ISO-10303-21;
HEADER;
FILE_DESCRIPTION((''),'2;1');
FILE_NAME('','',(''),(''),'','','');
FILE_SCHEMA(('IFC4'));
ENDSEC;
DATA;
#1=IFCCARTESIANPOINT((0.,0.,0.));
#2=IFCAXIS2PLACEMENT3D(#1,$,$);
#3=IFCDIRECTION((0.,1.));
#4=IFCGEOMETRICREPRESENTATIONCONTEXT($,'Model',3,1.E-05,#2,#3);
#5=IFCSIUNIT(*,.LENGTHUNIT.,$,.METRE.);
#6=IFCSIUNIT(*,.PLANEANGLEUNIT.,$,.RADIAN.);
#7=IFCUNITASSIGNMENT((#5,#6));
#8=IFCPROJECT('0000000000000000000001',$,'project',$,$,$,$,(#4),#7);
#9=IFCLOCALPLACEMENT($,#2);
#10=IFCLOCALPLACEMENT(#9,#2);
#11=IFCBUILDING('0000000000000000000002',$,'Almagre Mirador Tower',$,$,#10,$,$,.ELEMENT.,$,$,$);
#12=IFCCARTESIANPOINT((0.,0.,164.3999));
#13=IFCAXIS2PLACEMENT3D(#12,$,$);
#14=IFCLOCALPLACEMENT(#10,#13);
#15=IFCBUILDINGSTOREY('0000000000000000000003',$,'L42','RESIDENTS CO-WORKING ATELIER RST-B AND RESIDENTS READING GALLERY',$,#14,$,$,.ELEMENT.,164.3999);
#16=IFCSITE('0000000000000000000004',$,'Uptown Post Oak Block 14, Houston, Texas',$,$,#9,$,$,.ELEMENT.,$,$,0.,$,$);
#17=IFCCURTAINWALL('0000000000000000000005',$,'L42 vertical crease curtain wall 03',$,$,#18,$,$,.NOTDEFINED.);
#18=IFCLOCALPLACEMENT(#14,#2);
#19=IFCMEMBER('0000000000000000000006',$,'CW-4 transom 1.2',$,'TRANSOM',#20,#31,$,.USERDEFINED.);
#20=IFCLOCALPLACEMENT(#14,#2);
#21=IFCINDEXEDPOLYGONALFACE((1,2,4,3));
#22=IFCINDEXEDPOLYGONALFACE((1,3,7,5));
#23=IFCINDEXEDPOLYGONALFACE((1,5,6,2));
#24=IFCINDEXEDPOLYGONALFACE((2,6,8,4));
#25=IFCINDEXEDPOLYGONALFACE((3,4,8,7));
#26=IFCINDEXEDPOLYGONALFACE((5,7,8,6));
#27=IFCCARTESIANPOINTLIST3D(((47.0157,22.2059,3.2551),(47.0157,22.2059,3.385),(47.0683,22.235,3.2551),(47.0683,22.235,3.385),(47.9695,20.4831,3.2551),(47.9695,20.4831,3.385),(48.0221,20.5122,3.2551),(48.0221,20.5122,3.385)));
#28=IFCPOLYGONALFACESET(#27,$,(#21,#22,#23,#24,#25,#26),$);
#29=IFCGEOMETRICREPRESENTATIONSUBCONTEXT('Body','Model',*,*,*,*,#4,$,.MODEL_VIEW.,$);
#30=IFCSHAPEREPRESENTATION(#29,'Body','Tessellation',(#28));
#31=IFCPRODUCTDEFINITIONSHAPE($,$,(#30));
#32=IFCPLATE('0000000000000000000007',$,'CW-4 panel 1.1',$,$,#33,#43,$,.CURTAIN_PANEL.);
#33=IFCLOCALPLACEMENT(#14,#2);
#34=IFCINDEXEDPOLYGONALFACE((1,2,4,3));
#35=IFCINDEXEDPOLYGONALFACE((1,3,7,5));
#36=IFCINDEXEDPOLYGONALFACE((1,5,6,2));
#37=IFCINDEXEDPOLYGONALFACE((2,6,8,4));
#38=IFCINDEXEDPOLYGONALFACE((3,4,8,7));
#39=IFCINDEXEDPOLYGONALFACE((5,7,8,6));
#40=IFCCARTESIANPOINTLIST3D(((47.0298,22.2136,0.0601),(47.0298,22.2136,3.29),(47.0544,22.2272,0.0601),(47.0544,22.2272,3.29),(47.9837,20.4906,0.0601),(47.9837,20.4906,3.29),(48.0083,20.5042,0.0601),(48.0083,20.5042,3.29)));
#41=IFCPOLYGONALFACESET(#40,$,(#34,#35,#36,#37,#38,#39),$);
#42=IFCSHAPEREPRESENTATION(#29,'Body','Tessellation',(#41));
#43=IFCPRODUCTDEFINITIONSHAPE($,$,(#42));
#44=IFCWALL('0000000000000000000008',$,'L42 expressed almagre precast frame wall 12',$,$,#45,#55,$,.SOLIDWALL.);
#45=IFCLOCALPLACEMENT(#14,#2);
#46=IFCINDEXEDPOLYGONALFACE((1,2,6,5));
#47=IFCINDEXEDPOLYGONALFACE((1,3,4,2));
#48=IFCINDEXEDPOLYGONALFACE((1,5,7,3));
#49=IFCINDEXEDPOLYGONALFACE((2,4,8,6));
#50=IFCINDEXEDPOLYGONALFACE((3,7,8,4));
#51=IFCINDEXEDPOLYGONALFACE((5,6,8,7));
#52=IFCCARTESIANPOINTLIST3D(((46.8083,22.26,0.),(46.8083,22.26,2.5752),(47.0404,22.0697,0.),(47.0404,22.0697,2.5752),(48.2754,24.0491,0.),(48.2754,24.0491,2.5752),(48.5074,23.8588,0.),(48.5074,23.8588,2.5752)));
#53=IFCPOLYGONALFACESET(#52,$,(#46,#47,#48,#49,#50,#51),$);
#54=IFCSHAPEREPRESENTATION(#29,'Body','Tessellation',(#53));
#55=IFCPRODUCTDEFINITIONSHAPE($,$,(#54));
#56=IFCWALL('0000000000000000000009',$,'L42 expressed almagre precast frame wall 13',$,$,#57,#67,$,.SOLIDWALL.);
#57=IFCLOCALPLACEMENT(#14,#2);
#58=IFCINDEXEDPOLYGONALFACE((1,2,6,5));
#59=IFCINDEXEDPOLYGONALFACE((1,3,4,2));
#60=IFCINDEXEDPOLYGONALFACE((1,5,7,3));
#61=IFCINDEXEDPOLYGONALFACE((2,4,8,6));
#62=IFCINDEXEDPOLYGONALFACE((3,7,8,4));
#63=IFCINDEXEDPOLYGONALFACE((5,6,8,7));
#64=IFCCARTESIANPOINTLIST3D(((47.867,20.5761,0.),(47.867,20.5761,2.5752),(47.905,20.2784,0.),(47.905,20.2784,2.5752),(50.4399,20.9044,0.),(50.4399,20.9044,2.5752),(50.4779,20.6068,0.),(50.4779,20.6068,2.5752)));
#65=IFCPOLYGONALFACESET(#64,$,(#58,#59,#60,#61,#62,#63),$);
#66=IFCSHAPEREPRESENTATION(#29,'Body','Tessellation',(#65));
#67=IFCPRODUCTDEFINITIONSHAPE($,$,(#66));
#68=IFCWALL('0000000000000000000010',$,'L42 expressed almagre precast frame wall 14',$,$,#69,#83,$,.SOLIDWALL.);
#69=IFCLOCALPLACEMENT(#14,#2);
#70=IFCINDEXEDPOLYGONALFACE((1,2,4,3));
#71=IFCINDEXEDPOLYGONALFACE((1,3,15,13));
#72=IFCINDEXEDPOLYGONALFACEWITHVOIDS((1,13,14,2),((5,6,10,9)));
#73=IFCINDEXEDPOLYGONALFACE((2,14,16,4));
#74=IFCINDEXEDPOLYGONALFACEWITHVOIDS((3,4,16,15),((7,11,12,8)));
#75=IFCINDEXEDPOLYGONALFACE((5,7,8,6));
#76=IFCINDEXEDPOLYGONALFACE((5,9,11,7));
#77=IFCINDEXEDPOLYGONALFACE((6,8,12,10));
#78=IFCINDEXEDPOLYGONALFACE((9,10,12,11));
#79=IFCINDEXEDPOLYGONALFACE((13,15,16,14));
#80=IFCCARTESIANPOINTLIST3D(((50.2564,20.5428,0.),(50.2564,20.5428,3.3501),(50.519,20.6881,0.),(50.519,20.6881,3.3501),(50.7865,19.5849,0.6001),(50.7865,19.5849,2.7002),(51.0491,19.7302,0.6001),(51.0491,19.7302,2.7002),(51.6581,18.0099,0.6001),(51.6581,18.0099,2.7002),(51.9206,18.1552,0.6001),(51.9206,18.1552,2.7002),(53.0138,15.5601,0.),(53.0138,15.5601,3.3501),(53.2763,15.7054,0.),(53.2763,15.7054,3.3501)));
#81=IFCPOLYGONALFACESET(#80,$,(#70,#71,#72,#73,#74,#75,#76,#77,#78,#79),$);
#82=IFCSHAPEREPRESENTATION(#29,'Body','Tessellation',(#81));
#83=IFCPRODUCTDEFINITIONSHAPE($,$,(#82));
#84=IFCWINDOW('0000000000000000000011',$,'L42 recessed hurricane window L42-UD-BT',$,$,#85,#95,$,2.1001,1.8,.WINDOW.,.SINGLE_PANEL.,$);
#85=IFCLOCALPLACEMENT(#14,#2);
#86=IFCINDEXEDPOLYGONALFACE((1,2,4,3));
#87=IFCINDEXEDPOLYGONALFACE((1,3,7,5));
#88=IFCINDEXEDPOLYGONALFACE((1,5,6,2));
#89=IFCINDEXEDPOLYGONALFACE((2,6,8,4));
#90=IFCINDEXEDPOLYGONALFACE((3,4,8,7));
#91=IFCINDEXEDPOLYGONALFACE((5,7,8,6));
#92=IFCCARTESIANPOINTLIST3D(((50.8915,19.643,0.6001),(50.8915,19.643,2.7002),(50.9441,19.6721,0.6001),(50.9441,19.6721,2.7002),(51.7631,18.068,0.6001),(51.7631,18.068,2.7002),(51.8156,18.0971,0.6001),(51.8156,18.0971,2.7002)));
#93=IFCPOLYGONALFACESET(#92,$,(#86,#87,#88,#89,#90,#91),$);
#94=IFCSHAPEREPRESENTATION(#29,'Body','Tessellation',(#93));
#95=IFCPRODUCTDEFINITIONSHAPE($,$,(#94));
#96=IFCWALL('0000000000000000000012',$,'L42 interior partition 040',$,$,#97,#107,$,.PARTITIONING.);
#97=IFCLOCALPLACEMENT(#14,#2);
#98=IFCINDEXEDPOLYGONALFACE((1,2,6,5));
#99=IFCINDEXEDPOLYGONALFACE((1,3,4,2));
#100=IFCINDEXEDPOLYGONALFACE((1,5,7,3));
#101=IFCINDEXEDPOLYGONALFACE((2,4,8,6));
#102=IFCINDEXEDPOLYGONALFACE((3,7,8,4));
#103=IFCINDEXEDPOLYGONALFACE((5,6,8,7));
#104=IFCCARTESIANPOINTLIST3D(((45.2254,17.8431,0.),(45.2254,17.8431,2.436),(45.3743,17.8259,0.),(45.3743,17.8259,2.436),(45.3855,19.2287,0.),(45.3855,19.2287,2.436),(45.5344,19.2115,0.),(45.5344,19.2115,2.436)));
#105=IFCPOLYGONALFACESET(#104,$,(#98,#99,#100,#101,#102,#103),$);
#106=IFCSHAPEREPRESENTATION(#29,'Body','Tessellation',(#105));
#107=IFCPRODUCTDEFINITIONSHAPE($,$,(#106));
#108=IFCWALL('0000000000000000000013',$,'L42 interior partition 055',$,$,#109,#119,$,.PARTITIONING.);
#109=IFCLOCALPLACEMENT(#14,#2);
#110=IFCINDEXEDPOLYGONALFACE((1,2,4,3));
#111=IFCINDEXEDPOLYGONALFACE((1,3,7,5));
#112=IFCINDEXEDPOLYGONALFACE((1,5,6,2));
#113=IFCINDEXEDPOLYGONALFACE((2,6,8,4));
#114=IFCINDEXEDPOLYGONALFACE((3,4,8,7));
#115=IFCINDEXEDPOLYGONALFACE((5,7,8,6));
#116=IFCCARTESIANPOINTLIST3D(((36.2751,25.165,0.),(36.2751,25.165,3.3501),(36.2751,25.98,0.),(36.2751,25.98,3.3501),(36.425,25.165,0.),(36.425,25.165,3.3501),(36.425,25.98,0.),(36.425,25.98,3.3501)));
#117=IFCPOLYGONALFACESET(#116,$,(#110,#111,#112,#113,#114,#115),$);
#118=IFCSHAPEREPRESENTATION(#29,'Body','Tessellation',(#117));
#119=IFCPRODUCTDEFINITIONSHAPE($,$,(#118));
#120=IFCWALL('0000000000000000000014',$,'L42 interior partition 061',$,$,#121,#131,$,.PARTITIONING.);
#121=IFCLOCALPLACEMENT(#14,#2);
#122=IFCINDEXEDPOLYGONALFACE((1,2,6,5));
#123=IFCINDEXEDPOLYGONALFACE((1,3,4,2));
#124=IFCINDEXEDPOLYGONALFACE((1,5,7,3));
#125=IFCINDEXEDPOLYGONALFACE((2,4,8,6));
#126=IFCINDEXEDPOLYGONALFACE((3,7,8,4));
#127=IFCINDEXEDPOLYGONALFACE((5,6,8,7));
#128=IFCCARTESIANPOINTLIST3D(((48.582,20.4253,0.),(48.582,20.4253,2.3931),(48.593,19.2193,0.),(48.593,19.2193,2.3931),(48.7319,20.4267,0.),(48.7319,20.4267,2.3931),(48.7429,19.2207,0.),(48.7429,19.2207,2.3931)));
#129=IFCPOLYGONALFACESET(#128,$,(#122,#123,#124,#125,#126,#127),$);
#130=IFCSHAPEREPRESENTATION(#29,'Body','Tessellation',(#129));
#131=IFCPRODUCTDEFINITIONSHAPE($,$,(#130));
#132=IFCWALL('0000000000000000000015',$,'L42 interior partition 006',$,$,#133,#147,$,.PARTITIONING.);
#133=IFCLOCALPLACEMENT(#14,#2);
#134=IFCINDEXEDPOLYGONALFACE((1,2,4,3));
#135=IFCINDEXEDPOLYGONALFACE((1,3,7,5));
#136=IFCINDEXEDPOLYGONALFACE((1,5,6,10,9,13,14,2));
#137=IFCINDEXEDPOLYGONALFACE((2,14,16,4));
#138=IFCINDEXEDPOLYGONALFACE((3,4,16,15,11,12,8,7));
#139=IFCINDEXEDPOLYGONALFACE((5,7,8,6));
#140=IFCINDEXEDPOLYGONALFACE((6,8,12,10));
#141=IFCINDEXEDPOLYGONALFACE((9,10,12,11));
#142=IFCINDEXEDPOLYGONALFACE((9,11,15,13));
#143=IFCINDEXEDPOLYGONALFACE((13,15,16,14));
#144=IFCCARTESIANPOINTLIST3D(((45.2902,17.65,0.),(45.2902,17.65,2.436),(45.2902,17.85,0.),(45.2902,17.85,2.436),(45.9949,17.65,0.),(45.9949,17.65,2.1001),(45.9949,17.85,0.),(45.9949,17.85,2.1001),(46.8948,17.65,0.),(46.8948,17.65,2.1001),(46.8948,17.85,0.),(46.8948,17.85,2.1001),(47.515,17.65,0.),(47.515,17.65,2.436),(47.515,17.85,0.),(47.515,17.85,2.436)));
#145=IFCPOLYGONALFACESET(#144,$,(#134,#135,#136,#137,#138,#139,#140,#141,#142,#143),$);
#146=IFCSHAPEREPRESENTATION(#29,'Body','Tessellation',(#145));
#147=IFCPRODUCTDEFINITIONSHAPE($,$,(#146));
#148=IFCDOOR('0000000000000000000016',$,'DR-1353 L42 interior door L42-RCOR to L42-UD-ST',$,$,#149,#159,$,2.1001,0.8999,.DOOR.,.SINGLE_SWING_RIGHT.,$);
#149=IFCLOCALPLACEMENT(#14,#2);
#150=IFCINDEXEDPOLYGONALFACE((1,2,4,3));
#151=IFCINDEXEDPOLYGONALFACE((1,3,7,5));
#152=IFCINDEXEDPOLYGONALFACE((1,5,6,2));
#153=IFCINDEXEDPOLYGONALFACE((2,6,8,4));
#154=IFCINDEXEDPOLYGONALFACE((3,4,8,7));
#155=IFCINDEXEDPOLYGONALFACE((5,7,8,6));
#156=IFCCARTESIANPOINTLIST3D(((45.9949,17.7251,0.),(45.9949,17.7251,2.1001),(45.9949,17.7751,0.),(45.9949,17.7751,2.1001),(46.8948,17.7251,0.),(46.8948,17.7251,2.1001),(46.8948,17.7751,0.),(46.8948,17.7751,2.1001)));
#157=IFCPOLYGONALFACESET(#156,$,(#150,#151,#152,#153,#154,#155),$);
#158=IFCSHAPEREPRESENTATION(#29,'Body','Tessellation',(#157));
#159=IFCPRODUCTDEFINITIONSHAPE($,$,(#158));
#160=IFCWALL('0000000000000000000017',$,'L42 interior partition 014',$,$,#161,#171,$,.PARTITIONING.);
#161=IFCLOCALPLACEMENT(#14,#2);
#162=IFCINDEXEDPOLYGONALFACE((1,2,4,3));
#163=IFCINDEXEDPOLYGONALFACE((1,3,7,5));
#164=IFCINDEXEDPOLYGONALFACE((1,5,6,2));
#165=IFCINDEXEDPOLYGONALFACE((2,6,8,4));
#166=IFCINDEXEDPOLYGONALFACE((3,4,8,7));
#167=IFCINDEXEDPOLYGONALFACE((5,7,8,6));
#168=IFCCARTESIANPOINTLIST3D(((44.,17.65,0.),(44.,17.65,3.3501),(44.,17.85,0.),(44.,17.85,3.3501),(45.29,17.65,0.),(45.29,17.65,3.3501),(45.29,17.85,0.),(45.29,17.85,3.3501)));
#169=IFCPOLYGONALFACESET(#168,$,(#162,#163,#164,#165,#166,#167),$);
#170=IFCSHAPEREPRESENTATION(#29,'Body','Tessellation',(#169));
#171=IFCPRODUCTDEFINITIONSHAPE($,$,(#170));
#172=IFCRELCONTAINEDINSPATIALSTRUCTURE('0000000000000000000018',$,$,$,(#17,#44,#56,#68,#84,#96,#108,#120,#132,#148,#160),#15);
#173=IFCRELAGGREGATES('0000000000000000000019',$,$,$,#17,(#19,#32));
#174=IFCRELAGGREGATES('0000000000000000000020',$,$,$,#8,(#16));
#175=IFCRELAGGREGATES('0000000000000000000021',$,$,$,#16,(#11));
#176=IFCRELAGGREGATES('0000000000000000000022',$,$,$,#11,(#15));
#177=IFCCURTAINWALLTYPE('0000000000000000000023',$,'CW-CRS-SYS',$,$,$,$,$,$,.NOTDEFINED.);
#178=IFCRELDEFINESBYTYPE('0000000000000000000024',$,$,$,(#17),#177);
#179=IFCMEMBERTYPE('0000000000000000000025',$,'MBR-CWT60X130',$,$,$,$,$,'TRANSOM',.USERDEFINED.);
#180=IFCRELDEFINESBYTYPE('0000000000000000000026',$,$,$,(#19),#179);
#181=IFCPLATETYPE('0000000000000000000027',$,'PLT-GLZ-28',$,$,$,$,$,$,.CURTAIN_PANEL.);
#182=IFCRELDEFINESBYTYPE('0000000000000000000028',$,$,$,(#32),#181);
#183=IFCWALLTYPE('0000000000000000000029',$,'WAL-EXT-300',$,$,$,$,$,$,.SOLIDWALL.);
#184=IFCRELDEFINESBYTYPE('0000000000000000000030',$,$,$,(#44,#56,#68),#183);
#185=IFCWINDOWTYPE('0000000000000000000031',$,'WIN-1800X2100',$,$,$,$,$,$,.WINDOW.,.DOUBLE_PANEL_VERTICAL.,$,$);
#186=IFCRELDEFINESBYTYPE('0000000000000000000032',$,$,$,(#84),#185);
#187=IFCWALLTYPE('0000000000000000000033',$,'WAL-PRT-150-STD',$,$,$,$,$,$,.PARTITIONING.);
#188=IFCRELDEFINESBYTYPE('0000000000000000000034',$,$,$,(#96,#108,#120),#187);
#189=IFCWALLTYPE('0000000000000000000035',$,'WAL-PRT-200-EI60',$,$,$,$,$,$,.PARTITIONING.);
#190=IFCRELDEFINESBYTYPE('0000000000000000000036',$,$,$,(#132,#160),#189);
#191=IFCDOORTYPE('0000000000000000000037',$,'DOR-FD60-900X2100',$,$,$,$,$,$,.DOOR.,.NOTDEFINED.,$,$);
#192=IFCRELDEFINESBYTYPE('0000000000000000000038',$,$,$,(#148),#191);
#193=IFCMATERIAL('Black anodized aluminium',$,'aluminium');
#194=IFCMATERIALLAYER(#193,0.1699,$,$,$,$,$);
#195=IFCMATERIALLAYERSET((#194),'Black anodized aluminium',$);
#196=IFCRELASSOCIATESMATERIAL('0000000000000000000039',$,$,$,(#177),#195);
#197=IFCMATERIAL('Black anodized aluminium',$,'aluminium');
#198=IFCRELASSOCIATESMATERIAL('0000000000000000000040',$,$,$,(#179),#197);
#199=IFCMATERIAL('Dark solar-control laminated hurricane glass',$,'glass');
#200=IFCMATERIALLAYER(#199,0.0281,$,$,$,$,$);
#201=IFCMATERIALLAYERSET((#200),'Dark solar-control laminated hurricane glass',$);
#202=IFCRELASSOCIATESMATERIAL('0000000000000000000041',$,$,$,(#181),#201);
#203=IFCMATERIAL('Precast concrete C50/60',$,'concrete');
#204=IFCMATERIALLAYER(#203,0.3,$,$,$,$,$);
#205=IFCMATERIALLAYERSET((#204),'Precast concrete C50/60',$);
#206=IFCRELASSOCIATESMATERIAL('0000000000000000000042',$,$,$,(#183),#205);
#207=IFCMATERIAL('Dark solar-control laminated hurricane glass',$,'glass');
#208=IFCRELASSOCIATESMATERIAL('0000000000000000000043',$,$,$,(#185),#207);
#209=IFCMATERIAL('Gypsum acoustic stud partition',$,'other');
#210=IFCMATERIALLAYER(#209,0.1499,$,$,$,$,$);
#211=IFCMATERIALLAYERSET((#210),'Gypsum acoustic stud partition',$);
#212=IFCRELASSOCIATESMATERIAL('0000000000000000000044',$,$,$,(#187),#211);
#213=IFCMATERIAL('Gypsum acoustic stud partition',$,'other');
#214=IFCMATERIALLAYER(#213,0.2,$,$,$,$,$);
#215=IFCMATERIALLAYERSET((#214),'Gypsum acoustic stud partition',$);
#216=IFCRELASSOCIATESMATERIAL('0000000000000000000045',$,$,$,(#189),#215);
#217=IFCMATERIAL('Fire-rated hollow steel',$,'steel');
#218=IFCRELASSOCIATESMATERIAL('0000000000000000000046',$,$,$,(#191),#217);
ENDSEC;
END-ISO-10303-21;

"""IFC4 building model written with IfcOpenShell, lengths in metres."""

from ifc_helpers import new_model, si_unit, direction, frame, frame_2d, origin, origin_2d, place, context, subcontext, project, spatial, rectangle, extrude, material, layer, layer_set, material_profile, profile_set, type_object, element, fill, aggregate, save


model = new_model("IFC4")

# Units and contexts
model_context = context("Model", 3, precision=1e-05, world=origin(), true_north=direction((0.0, 1.0)))
body_context = subcontext(model_context, "Body", "Model", "MODEL_VIEW")
ifc_project = project(units=[si_unit("LENGTHUNIT", "METRE"), si_unit("PLANEANGLEUNIT", "RADIAN")], contexts=[model_context])

# Site, building, storey
site_placement = place(None, origin())
site = spatial("IfcSite", under=ifc_project, at=site_placement, Name="Uptown Post Oak Block 14, Houston, Texas", CompositionType="ELEMENT", RefElevation=0.0)
building_placement = place(site_placement, origin())
building = spatial("IfcBuilding", under=site, at=building_placement, Name="Almagre Mirador Tower", CompositionType="ELEMENT")
storey_placement = place(building_placement, frame((0.0, 0.0, 164.3999)))
storey = spatial("IfcBuildingStorey", under=building, at=storey_placement, Name="L42", Description="RESIDENTS CO-WORKING ATELIER RST-B AND RESIDENTS READING GALLERY", CompositionType="ELEMENT", Elevation=164.3999)

# Curtain wall, member, plate
ifc_material_1 = material(Name="Black anodized aluminium", Category="aluminium")
ifc_layer_1 = layer(ifc_material_1, 0.1699)
ifc_layer_set_1 = layer_set([ifc_layer_1], Name="Black anodized aluminium")
curtain_wall_type = type_object("IfcCurtainWallType", Name="CW-CRS-SYS", PredefinedType="NOTDEFINED", material=ifc_layer_set_1)
curtain_wall_placement = place(storey_placement, origin())
curtain_wall = element("IfcCurtainWall", 1, at=curtain_wall_placement, inside=storey, type_object=curtain_wall_type, Name="L42 vertical crease curtain wall 03", PredefinedType="NOTDEFINED")
ifc_material_2 = material(Name="Black anodized aluminium", Category="aluminium")
ifc_material_profile_1 = material_profile(ifc_material_2, rectangle(XDim=0.0601, YDim=0.1299, at=origin_2d()), Name="CWT60X130")
ifc_profile_set_1 = profile_set([ifc_material_profile_1], Name="Black anodized aluminium")
member_type_1 = type_object("IfcMemberType", Name="MBR-CWT60X130", ElementType="TRANSOM", PredefinedType="USERDEFINED", material=ifc_profile_set_1)
member_1_placement = place(storey_placement, frame((47.042, 22.2205, 3.3201), z_axis=(0.484358, -0.87487, 0.0), x_axis=(0.87487, 0.484358, 0.0)))
member_1 = element("IfcMember", 2, at=member_1_placement, type_object=member_type_1, Name="CW-4 transom 1.2", ObjectType="TRANSOM", PredefinedType="USERDEFINED", context=body_context, shape_type="SweptSolid", body=[
    extrude(rectangle(XDim=0.0601, YDim=0.1299, at=origin_2d()), origin(), (0.0, 0.0, 1.0), 1.9692),
])
ifc_material_3 = material(Name="Dark solar-control laminated hurricane glass", Category="glass")
ifc_layer_2 = layer(ifc_material_3, 0.0281)
ifc_layer_set_2 = layer_set([ifc_layer_2], Name="Dark solar-control laminated hurricane glass")
plate_type = type_object("IfcPlateType", Name="PLT-GLZ-28", PredefinedType="CURTAIN_PANEL", material=ifc_layer_set_2)
plate_placement = place(storey_placement, frame((47.519, 21.3589, 0.0601), z_axis=(0.0, 0.0, 1.0), x_axis=(0.484342, -0.874879, 0.0)))
plate = element("IfcPlate", 3, at=plate_placement, type_object=plate_type, Name="CW-4 panel 1.1", PredefinedType="CURTAIN_PANEL", context=body_context, shape_type="SweptSolid", body=[
    extrude(rectangle(XDim=1.9695, YDim=0.0281, at=origin_2d()), origin(), (0.0, 0.0, 1.0), 3.23),
])
aggregate(curtain_wall, [member_1, plate])

# Walls
ifc_material_4 = material(Name="Precast concrete C50/60", Category="concrete")
ifc_layer_3 = layer(ifc_material_4, 0.3)
ifc_layer_set_3 = layer_set([ifc_layer_3], Name="Precast concrete C50/60")
wall_type_1 = type_object("IfcWallType", Name="WAL-EXT-300", PredefinedType="SOLIDWALL", material=ifc_layer_set_3)
wall_1_placement = place(storey_placement, frame((48.3914, 23.9539, 0.0), z_axis=(0.0, 0.0, 1.0), x_axis=(-0.634082, -0.773266, 0.0)))
element("IfcWall", 4, at=wall_1_placement, inside=storey, type_object=wall_type_1, Name="L42 expressed almagre precast frame wall 12", PredefinedType="SOLIDWALL", context=body_context, shape_type="SweptSolid", body=[
    extrude(rectangle(XDim=2.3137, YDim=0.3, at=frame_2d((1.1567, 0.0))), origin(), (0.0, 0.0, 1.0), 2.5752),
])
wall_2_placement = place(storey_placement, frame((47.886, 20.4272, 0.0), z_axis=(0.0, 0.0, 1.0), x_axis=(0.991955, 0.126594, 0.0)))
element("IfcWall", 5, at=wall_2_placement, inside=storey, type_object=wall_type_1, Name="L42 expressed almagre precast frame wall 13", PredefinedType="SOLIDWALL", context=body_context, shape_type="SweptSolid", body=[
    extrude(rectangle(XDim=2.5938, YDim=0.3, at=frame_2d((1.2969, 0.0))), origin(), (0.0, 0.0, 1.0), 2.5752),
])

# Wall, opening, window
wall_3_placement = place(storey_placement, frame((50.3877, 20.6155, 0.0), z_axis=(0.0, 0.0, 1.0), x_axis=(0.48419, -0.874963, 0.0)))
wall_3 = element("IfcWall", 6, at=wall_3_placement, inside=storey, type_object=wall_type_1, Name="L42 expressed almagre precast frame wall 14", PredefinedType="SOLIDWALL", context=body_context, shape_type="SweptSolid", body=[
    extrude(rectangle(XDim=5.6948, YDim=0.3, at=frame_2d((2.8474, 0.0))), origin(), (0.0, 0.0, 1.0), 3.3501),
])
opening_1_placement = place(wall_3_placement, frame((1.095, 0.0, 0.6001)))
opening_1 = element("IfcOpeningElement", 7, at=opening_1_placement, cuts=wall_3, PredefinedType="OPENING", context=body_context, shape_type="SweptSolid", body=[
    extrude(rectangle(XDim=1.8, YDim=2.1001, at=frame_2d((0.8999, 1.05))), frame((0.0, 0.1599, 0.0), z_axis=(0.0, -1.0, 0.0), x_axis=(1.0, 0.0, 0.0)), (0.0, 0.0, 1.0), 0.32),
])
ifc_material_5 = material(Name="Dark solar-control laminated hurricane glass", Category="glass")
window_type = type_object("IfcWindowType", Name="WIN-1800X2100", PartitioningType="DOUBLE_PANEL_VERTICAL", PredefinedType="WINDOW", material=ifc_material_5)
window_placement = place(opening_1_placement, origin())
window = element("IfcWindow", 8, at=window_placement, inside=storey, type_object=window_type, Name="L42 recessed hurricane window L42-UD-BT", OverallHeight=2.1001, OverallWidth=1.8, PartitioningType="SINGLE_PANEL", PredefinedType="WINDOW", context=body_context, shape_type="SweptSolid", body=[
    extrude(rectangle(XDim=1.8, YDim=2.1001, at=frame_2d((0.8999, 1.05))), frame((0.0, 0.03, 0.0), z_axis=(0.0, -1.0, 0.0), x_axis=(1.0, 0.0, 0.0)), (0.0, 0.0, 1.0), 0.0601),
])
fill(opening_1, window)

# Walls
ifc_material_6 = material(Name="Gypsum acoustic stud partition", Category="other")
ifc_layer_4 = layer(ifc_material_6, 0.1499)
ifc_layer_set_4 = layer_set([ifc_layer_4], Name="Gypsum acoustic stud partition")
wall_type_2 = type_object("IfcWallType", Name="WAL-PRT-150-STD", PredefinedType="PARTITIONING", material=ifc_layer_set_4)
wall_4_placement = place(storey_placement, frame((45.46, 19.22, 0.0), z_axis=(0.0, 0.0, 1.0), x_axis=(-0.11483, -0.993385, 0.0)))
element("IfcWall", 9, at=wall_4_placement, inside=storey, type_object=wall_type_2, Name="L42 interior partition 040", PredefinedType="PARTITIONING", context=body_context, shape_type="SweptSolid", body=[
    extrude(rectangle(XDim=1.3948, YDim=0.1499, at=frame_2d((0.6973, 0.0))), origin(), (0.0, 0.0, 1.0), 2.436),
])
wall_5_placement = place(storey_placement, frame((36.3501, 25.165, 0.0), z_axis=(0.0, 0.0, 1.0), x_axis=(0.0, 1.0, 0.0)))
element("IfcWall", 10, at=wall_5_placement, inside=storey, type_object=wall_type_2, Name="L42 interior partition 055", PredefinedType="PARTITIONING", context=body_context, shape_type="SweptSolid", body=[
    extrude(rectangle(XDim=0.8149, YDim=0.1499, at=frame_2d((0.4075, 0.0))), origin(), (0.0, 0.0, 1.0), 3.3501),
])
wall_6_placement = place(storey_placement, frame((48.657, 20.426, 0.0), z_axis=(0.0, 0.0, 1.0), x_axis=(0.009109, -0.999959, 0.0)))
element("IfcWall", 11, at=wall_6_placement, inside=storey, type_object=wall_type_2, Name="L42 interior partition 061", PredefinedType="PARTITIONING", context=body_context, shape_type="SweptSolid", body=[
    extrude(rectangle(XDim=1.2061, YDim=0.1499, at=frame_2d((0.603, 0.0))), origin(), (0.0, 0.0, 1.0), 2.3931),
])

# Wall, opening, door
ifc_material_7 = material(Name="Gypsum acoustic stud partition", Category="other")
ifc_layer_5 = layer(ifc_material_7, 0.2)
ifc_layer_set_5 = layer_set([ifc_layer_5], Name="Gypsum acoustic stud partition")
wall_type_3 = type_object("IfcWallType", Name="WAL-PRT-200-EI60", PredefinedType="PARTITIONING", material=ifc_layer_set_5)
wall_7_placement = place(storey_placement, frame((47.5149, 17.75, 0.0), z_axis=(0.0, 0.0, 1.0), x_axis=(-1.0, 0.0, 0.0)))
wall_7 = element("IfcWall", 12, at=wall_7_placement, inside=storey, type_object=wall_type_3, Name="L42 interior partition 006", PredefinedType="PARTITIONING", context=body_context, shape_type="SweptSolid", body=[
    extrude(rectangle(XDim=2.2249, YDim=0.2, at=frame_2d((1.1123, 0.0))), origin(), (0.0, 0.0, 1.0), 2.436),
])
opening_2_placement = place(wall_7_placement, frame((0.6201, 0.0, 0.0)))
opening_2 = element("IfcOpeningElement", 13, at=opening_2_placement, cuts=wall_7, PredefinedType="OPENING", context=body_context, shape_type="SweptSolid", body=[
    extrude(rectangle(XDim=0.8999, YDim=2.1001, at=frame_2d((0.45, 1.05))), frame((0.0, 0.1101, 0.0), z_axis=(0.0, -1.0, 0.0), x_axis=(1.0, 0.0, 0.0)), (0.0, 0.0, 1.0), 0.22),
])
ifc_material_8 = material(Name="Fire-rated hollow steel", Category="steel")
door_type_1 = type_object("IfcDoorType", Name="DOR-FD60-900X2100", OperationType="NOTDEFINED", PredefinedType="DOOR", material=ifc_material_8)
door_1_placement = place(opening_2_placement, origin())
door_1 = element("IfcDoor", 14, at=door_1_placement, inside=storey, type_object=door_type_1, Name="DR-1353 L42 interior door L42-RCOR to L42-UD-ST", OperationType="SINGLE_SWING_RIGHT", OverallHeight=2.1001, OverallWidth=0.8999, PredefinedType="DOOR", context=body_context, shape_type="SweptSolid", body=[
    extrude(rectangle(XDim=0.8999, YDim=2.1001, at=frame_2d((0.45, 1.05))), frame((0.0, 0.0249, 0.0), z_axis=(0.0, -1.0, 0.0), x_axis=(1.0, 0.0, 0.0)), (0.0, 0.0, 1.0), 0.05),
])
fill(opening_2, door_1)

# Wall
wall_8_placement = place(storey_placement, frame((45.29, 17.75, 0.0), z_axis=(0.0, 0.0, 1.0), x_axis=(-1.0, 0.0, 0.0)))
element("IfcWall", 15, at=wall_8_placement, inside=storey, type_object=wall_type_3, Name="L42 interior partition 014", PredefinedType="PARTITIONING", context=body_context, shape_type="SweptSolid", body=[
    extrude(rectangle(XDim=1.29, YDim=0.2, at=frame_2d((0.645, 0.0))), origin(), (0.0, 0.0, 1.0), 3.3501),
])

save(model, "model.ifc")
